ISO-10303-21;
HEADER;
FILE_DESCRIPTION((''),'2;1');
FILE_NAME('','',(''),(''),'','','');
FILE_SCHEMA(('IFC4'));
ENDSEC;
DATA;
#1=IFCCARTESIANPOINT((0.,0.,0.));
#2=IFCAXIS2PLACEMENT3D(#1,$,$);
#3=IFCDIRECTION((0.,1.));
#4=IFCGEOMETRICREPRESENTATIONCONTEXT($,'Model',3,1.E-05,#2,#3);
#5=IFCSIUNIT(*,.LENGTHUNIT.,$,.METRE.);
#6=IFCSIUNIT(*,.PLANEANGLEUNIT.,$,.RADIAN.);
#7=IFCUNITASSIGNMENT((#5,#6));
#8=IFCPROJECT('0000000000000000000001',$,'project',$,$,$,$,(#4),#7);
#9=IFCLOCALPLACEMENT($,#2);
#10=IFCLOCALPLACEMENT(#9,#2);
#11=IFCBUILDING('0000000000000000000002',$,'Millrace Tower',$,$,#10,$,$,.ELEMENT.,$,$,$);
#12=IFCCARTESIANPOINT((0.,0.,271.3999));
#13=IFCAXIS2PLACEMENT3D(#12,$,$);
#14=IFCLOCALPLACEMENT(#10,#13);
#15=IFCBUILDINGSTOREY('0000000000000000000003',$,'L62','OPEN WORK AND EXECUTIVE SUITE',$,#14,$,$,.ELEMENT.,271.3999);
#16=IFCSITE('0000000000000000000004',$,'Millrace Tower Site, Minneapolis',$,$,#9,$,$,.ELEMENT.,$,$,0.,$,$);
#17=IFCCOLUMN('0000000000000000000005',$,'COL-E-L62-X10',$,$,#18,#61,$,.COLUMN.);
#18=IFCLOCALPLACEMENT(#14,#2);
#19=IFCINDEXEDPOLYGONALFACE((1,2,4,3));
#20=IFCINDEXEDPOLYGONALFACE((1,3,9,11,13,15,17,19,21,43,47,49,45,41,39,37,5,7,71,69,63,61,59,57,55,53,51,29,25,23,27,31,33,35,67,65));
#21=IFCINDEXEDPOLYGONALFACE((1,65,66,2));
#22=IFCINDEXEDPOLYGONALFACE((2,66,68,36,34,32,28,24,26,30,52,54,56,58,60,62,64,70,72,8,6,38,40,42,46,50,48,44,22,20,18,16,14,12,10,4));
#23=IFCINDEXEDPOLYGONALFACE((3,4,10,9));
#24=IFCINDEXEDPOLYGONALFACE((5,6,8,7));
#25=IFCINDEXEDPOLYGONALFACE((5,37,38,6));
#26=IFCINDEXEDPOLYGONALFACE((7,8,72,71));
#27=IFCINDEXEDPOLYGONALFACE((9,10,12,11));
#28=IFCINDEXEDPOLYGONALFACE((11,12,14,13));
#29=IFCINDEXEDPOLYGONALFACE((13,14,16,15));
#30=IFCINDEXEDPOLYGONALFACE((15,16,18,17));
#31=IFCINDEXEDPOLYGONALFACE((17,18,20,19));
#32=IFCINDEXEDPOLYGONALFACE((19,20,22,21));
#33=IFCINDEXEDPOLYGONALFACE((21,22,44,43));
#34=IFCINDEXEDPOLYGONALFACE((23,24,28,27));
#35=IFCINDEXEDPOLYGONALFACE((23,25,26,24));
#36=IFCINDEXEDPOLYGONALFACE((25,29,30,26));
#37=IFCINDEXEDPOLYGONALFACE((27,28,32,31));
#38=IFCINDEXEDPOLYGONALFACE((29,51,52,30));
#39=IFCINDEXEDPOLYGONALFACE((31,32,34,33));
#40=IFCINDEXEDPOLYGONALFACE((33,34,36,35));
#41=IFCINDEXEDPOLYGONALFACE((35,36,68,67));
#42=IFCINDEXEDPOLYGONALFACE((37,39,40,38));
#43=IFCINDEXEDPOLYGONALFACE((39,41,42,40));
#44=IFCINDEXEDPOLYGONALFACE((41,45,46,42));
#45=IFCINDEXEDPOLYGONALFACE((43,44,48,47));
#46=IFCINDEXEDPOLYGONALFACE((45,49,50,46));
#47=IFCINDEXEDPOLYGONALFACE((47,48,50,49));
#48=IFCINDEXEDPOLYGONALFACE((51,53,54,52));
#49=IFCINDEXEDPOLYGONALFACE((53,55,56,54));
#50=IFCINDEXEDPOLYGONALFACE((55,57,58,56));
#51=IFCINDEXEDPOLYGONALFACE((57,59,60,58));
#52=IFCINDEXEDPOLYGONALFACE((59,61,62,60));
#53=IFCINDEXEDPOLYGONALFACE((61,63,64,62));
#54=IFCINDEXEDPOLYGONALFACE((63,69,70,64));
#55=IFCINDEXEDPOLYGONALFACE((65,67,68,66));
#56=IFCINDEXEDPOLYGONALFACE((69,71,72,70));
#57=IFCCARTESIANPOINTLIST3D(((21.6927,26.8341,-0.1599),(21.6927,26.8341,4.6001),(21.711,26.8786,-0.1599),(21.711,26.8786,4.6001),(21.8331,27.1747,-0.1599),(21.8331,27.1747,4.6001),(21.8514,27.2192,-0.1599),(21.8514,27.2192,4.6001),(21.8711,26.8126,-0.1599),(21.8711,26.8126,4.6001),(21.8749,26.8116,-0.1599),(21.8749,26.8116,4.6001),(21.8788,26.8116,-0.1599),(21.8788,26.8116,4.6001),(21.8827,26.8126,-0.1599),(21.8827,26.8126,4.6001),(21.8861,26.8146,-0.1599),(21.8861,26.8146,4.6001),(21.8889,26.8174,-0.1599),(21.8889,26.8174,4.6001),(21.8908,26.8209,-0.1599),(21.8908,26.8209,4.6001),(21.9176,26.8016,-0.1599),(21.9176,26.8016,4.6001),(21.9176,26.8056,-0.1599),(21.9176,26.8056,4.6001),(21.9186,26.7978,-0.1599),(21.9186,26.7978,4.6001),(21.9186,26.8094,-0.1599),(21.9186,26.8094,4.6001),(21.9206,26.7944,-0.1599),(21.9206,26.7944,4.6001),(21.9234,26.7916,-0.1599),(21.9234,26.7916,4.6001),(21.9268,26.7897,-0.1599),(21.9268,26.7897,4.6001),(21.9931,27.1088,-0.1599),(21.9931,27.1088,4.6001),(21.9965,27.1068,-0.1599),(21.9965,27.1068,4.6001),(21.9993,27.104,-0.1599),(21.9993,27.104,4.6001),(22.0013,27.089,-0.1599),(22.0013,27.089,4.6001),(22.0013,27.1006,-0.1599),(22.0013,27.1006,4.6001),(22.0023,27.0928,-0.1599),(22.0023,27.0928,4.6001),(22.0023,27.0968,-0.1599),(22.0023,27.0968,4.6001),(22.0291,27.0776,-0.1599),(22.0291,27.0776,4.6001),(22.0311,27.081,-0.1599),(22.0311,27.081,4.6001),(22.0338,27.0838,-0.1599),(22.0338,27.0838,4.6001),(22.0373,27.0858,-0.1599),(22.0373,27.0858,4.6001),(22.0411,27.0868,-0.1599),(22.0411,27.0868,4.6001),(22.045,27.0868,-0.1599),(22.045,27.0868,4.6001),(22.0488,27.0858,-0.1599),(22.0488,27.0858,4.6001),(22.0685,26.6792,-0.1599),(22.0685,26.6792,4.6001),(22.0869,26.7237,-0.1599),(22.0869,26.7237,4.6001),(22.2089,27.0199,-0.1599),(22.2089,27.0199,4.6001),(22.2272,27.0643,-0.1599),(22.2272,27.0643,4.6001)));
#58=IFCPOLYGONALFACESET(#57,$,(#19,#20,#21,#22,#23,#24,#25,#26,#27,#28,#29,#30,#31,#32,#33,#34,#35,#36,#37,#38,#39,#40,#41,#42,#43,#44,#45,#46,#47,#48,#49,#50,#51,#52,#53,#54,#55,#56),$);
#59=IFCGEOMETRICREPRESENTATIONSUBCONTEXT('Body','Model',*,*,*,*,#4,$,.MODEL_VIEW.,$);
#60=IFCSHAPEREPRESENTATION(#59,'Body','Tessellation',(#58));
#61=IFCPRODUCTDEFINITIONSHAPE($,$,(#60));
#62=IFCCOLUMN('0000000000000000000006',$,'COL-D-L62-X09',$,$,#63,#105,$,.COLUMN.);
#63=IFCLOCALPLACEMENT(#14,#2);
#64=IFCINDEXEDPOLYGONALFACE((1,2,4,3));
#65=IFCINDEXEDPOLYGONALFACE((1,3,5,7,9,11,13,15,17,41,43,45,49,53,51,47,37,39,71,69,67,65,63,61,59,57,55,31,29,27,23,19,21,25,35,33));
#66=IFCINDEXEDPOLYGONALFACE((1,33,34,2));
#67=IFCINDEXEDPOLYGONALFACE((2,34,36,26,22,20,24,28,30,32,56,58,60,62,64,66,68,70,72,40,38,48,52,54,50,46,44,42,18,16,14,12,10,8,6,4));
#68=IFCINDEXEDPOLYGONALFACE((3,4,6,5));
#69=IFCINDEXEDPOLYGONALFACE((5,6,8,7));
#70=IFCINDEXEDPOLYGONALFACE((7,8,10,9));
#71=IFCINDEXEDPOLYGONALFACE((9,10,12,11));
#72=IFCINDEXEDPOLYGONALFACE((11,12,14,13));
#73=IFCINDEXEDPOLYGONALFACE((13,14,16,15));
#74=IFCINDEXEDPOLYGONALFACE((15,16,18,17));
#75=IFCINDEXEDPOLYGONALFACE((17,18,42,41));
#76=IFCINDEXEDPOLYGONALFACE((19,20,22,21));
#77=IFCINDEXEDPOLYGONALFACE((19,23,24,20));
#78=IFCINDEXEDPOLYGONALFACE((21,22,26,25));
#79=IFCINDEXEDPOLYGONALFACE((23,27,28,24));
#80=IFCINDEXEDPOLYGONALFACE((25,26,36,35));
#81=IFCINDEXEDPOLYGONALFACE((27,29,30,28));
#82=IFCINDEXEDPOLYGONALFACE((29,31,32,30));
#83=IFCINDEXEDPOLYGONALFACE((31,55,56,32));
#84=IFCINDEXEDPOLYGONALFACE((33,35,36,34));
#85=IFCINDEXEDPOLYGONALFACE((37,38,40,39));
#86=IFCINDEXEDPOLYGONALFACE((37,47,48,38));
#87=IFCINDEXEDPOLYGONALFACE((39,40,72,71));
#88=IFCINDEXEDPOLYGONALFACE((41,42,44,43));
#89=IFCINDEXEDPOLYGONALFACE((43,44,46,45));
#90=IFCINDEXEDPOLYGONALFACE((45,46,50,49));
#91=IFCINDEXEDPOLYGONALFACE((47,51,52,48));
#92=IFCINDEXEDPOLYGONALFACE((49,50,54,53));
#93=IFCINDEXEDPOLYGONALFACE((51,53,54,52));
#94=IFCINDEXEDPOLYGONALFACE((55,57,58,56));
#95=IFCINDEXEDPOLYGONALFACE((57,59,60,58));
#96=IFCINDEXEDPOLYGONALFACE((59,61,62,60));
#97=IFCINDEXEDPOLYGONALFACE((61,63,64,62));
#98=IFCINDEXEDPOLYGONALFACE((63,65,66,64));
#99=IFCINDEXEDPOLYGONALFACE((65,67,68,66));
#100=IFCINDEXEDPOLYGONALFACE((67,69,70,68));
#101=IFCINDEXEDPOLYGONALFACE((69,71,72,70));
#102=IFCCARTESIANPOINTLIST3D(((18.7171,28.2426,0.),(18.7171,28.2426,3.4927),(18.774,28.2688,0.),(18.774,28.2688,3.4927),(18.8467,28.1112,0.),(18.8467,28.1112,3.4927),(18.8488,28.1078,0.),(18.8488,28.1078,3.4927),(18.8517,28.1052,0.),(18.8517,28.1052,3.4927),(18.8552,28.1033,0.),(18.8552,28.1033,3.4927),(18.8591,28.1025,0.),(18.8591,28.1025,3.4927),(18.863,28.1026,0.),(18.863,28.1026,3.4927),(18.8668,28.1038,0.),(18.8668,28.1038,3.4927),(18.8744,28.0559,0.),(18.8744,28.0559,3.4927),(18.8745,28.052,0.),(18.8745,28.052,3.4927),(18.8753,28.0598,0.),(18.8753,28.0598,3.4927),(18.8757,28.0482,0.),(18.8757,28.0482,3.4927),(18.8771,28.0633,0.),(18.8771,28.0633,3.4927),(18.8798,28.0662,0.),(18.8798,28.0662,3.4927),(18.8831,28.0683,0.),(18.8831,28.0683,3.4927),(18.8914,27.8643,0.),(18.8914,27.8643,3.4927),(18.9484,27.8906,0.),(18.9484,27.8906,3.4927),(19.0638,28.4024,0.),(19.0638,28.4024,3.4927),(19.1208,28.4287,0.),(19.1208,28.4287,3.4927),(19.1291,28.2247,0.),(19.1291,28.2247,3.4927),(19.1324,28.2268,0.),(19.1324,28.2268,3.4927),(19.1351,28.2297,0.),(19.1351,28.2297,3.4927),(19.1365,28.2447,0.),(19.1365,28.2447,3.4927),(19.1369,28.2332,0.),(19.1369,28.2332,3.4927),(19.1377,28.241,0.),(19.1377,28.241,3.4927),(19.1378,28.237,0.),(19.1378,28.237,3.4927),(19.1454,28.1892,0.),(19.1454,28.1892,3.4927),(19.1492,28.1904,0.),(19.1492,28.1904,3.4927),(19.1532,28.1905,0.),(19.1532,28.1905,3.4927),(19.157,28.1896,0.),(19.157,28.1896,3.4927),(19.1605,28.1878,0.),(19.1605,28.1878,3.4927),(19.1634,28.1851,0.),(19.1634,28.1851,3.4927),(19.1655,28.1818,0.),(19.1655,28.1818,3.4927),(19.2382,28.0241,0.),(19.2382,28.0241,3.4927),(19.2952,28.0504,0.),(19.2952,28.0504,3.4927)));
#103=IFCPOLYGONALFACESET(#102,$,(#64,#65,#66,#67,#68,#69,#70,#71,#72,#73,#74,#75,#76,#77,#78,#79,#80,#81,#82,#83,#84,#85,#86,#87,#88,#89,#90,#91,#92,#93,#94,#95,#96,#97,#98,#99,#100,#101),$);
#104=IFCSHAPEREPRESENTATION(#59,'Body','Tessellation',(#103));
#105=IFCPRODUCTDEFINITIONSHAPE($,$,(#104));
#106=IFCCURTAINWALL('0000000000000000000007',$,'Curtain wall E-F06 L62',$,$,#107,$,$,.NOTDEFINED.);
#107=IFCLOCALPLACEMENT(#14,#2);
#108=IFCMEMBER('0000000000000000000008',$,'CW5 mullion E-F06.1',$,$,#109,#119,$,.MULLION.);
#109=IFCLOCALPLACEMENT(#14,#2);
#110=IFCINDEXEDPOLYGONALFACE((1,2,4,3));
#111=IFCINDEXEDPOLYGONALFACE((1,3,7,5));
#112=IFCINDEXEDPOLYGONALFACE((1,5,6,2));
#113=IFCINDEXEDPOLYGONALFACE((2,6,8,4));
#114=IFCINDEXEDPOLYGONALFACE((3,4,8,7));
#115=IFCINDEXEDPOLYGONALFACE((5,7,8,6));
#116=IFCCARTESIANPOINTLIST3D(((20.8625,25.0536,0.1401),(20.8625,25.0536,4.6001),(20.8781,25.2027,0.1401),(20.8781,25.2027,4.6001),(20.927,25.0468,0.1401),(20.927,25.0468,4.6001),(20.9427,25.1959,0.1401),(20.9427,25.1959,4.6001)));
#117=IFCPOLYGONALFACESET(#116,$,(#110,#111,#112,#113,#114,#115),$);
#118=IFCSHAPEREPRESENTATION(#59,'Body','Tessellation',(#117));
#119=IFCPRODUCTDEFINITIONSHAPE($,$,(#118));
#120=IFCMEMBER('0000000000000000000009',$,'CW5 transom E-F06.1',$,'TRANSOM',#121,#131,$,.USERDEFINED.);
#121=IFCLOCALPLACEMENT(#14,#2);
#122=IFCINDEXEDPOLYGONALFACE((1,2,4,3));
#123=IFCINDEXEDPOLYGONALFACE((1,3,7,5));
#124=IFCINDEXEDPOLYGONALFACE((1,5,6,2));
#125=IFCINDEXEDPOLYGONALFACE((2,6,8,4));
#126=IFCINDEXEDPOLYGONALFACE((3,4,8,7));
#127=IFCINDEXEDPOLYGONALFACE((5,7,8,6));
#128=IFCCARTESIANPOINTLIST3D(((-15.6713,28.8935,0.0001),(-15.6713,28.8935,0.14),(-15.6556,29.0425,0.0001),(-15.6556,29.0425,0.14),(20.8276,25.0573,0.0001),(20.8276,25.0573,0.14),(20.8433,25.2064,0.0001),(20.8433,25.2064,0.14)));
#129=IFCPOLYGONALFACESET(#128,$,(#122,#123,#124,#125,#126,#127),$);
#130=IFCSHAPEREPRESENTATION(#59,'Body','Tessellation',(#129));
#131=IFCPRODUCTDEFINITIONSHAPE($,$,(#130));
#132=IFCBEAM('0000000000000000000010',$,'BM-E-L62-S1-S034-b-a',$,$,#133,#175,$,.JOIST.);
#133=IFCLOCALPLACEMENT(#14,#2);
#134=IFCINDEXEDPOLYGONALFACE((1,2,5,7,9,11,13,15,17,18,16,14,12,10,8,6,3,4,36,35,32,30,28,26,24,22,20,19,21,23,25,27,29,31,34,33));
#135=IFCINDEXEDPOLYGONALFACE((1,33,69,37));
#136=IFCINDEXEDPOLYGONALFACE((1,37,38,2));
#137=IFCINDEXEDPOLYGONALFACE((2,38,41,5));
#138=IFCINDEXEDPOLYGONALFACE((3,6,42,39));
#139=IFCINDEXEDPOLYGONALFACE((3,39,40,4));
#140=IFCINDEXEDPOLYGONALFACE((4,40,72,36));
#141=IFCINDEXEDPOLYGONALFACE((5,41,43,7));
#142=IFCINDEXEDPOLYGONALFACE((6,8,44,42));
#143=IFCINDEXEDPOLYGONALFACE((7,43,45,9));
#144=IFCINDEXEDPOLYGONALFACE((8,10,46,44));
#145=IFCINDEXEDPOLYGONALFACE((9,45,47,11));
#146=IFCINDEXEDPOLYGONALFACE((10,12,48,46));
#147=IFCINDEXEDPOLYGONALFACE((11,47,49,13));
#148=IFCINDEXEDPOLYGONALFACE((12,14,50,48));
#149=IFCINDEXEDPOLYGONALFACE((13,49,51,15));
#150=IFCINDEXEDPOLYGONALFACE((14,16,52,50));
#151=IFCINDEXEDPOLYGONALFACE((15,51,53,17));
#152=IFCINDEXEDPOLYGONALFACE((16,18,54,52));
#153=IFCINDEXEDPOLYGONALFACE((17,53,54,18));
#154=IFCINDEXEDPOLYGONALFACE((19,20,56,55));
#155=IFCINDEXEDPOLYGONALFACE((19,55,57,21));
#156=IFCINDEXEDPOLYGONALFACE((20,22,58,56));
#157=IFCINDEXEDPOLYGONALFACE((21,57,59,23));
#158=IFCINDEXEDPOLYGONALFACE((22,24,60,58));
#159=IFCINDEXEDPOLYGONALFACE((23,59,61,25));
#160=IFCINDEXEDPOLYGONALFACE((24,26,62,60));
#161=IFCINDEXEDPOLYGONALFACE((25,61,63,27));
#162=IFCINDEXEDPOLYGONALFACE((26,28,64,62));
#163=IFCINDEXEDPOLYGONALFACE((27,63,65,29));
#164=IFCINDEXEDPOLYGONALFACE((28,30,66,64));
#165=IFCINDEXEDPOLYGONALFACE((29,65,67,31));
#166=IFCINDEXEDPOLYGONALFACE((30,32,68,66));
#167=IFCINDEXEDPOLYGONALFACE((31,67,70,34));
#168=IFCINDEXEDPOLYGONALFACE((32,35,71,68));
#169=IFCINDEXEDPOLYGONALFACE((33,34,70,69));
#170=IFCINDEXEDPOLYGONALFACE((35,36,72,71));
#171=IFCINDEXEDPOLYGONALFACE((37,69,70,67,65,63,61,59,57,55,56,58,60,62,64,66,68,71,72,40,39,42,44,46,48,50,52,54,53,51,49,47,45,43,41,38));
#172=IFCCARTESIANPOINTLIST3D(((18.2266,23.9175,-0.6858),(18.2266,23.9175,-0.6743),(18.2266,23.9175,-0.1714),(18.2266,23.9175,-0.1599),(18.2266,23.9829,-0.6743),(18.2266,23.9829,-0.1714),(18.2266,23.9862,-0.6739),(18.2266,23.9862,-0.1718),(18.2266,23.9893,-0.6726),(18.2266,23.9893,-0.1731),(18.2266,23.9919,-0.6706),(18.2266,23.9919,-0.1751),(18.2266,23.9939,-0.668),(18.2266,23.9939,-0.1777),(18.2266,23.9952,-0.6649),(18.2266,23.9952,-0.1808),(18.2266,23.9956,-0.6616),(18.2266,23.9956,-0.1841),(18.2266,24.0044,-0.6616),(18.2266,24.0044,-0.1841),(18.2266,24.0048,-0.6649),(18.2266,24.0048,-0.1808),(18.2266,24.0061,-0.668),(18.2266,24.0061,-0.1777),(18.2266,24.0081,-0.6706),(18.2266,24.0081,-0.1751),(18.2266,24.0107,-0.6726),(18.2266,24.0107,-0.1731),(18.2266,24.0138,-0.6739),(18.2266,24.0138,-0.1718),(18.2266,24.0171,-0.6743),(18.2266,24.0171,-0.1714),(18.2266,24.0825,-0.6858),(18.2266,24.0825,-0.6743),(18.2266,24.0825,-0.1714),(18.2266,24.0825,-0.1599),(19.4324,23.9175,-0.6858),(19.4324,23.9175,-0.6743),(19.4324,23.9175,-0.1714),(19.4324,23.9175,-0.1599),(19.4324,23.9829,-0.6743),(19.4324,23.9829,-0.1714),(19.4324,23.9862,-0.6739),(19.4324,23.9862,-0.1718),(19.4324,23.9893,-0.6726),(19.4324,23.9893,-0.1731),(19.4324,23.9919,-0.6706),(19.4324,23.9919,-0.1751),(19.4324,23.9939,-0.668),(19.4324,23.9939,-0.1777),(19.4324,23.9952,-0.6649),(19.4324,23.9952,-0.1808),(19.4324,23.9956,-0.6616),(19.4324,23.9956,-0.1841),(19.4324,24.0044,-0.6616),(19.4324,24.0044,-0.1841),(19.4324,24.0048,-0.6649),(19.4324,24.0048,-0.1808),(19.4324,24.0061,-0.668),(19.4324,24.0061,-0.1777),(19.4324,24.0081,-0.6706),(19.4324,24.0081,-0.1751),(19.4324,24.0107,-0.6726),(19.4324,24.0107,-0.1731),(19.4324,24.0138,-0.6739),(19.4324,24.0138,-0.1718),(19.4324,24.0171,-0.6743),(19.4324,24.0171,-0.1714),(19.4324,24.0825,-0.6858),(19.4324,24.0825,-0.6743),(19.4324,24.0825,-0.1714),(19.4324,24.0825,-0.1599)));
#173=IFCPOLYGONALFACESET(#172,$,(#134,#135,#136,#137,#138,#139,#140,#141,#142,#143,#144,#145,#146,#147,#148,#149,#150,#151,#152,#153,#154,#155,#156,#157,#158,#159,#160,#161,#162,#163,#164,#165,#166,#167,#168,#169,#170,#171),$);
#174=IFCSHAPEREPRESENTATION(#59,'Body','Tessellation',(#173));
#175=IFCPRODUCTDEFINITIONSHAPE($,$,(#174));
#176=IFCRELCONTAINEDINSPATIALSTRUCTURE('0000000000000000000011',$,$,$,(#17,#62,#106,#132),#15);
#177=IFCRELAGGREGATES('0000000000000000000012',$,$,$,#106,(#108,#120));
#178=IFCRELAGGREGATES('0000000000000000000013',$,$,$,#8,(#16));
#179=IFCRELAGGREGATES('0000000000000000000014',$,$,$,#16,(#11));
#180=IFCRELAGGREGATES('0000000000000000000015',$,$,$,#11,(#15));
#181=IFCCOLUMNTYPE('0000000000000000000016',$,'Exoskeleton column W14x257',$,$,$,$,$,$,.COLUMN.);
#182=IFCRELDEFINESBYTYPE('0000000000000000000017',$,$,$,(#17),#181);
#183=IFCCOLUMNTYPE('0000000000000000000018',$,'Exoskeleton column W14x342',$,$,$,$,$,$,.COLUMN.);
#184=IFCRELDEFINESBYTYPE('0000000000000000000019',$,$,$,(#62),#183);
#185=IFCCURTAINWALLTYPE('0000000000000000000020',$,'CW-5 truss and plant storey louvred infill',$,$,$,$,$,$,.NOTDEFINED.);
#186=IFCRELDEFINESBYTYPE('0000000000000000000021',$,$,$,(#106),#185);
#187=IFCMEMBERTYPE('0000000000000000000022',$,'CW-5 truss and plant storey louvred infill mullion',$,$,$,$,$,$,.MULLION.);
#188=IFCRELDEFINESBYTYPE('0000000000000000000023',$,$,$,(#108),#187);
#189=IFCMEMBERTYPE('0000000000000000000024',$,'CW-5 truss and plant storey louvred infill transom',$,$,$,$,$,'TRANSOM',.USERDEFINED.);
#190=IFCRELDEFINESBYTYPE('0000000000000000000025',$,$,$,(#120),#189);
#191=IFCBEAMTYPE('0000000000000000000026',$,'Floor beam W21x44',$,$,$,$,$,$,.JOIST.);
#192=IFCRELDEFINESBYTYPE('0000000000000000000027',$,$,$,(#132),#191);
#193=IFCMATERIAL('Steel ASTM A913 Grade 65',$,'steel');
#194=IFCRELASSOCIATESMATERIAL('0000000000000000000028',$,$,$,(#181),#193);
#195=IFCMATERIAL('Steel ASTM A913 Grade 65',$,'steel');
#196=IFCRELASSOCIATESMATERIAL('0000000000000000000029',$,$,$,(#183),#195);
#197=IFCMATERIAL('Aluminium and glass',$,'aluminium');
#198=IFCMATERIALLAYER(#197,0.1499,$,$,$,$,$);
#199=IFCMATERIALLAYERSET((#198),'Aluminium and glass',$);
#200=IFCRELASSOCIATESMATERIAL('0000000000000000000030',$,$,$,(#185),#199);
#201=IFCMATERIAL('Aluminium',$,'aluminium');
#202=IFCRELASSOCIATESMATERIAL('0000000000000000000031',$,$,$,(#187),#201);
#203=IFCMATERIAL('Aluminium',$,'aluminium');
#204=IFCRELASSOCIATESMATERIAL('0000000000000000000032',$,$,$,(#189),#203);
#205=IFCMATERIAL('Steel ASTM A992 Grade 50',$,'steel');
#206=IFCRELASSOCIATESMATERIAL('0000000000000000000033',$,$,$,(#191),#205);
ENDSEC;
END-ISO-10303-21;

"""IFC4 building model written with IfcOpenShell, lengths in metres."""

from ifc_helpers import new_model, si_unit, direction, frame, origin, origin_2d, place, context, subcontext, project, spatial, rectangle, i_section, extrude, material, layer, layer_set, material_profile, profile_set, type_object, element, aggregate, save


model = new_model("IFC4")

# Units and contexts
model_context = context("Model", 3, precision=1e-05, world=origin(), true_north=direction((0.0, 1.0)))
body_context = subcontext(model_context, "Body", "Model", "MODEL_VIEW")
ifc_project = project(units=[si_unit("LENGTHUNIT", "METRE"), si_unit("PLANEANGLEUNIT", "RADIAN")], contexts=[model_context])

# Site, building, storey
site_placement = place(None, origin())
site = spatial("IfcSite", under=ifc_project, at=site_placement, Name="Millrace Tower Site, Minneapolis", CompositionType="ELEMENT", RefElevation=0.0)
building_placement = place(site_placement, origin())
building = spatial("IfcBuilding", under=site, at=building_placement, Name="Millrace Tower", CompositionType="ELEMENT")
storey_placement = place(building_placement, frame((0.0, 0.0, 271.3999)))
storey = spatial("IfcBuildingStorey", under=building, at=storey_placement, Name="L62", Description="OPEN WORK AND EXECUTIVE SUITE", CompositionType="ELEMENT", Elevation=271.3999)

# Columns
ifc_material_1 = material(Name="Steel ASTM A913 Grade 65", Category="steel")
ifc_material_profile_1 = material_profile(ifc_material_1, i_section(OverallWidth=0.4065, OverallDepth=0.4165, WebThickness=0.03, FlangeThickness=0.0481, FilletRadius=0.0151, at=origin_2d()))
ifc_profile_set_1 = profile_set([ifc_material_profile_1], Name="Steel ASTM A913 Grade 65")
column_type_1 = type_object("IfcColumnType", Name="Exoskeleton column W14x257", PredefinedType="COLUMN", material=ifc_profile_set_1)
column_1_placement = place(storey_placement, frame((21.96, 26.9492, -0.1599), z_axis=(0.0, 0.0, 1.0), x_axis=(-0.924597, 0.380947, 0.0)))
element("IfcColumn", 1, at=column_1_placement, inside=storey, type_object=column_type_1, Name="COL-E-L62-X10", PredefinedType="COLUMN", context=body_context, shape_type="SweptSolid", body=[
    extrude(i_section(OverallWidth=0.4065, OverallDepth=0.4165, WebThickness=0.03, FlangeThickness=0.0481, FilletRadius=0.0151, at=origin_2d()), origin(), (0.0, 0.0, 1.0), 4.76),
])
ifc_material_2 = material(Name="Steel ASTM A913 Grade 65", Category="steel")
ifc_material_profile_2 = material_profile(ifc_material_2, i_section(OverallWidth=0.4165, OverallDepth=0.4446, WebThickness=0.0391, FlangeThickness=0.0627, FilletRadius=0.0151, at=origin_2d()))
ifc_profile_set_2 = profile_set([ifc_material_profile_2], Name="Steel ASTM A913 Grade 65")
column_type_2 = type_object("IfcColumnType", Name="Exoskeleton column W14x342", PredefinedType="COLUMN", material=ifc_profile_set_2)
column_2_placement = place(storey_placement, frame((19.0061, 28.1465, 0.0), z_axis=(0.0, 0.0, 1.0), x_axis=(-0.418553, 0.908192, 0.0)))
element("IfcColumn", 2, at=column_2_placement, inside=storey, type_object=column_type_2, Name="COL-D-L62-X09", PredefinedType="COLUMN", context=body_context, shape_type="SweptSolid", body=[
    extrude(i_section(OverallWidth=0.4165, OverallDepth=0.4446, WebThickness=0.0391, FlangeThickness=0.0627, FilletRadius=0.0151, at=origin_2d()), origin(), (0.0, 0.0, 1.0), 3.4927),
])

# Curtain wall, members
ifc_material_3 = material(Name="Aluminium and glass", Category="aluminium")
ifc_layer_1 = layer(ifc_material_3, 0.1499)
ifc_layer_set_1 = layer_set([ifc_layer_1], Name="Aluminium and glass")
curtain_wall_type = type_object("IfcCurtainWallType", Name="CW-5 truss and plant storey louvred infill", PredefinedType="NOTDEFINED", material=ifc_layer_set_1)
curtain_wall_placement = place(storey_placement, origin())
curtain_wall = element("IfcCurtainWall", 3, at=curtain_wall_placement, inside=storey, type_object=curtain_wall_type, Name="Curtain wall E-F06 L62", PredefinedType="NOTDEFINED")
ifc_material_4 = material(Name="Aluminium", Category="aluminium")
ifc_material_profile_3 = material_profile(ifc_material_4, rectangle(XDim=0.0649, YDim=0.1499, at=origin_2d()))
ifc_profile_set_3 = profile_set([ifc_material_profile_3], Name="Aluminium")
member_type_1 = type_object("IfcMemberType", Name="CW-5 truss and plant storey louvred infill mullion", PredefinedType="MULLION", material=ifc_profile_set_3)
member_1_placement = place(storey_placement, frame((20.9026, 25.1248, 0.1401), z_axis=(0.0, 0.0, 1.0), x_axis=(-0.994522, 0.104528, 0.0)))
member_1 = element("IfcMember", 4, at=member_1_placement, type_object=member_type_1, Name="CW5 mullion E-F06.1", PredefinedType="MULLION", context=body_context, shape_type="SweptSolid", body=[
    extrude(rectangle(XDim=0.0649, YDim=0.1499, at=origin_2d()), origin(), (0.0, 0.0, 1.0), 4.46),
])
ifc_material_5 = material(Name="Aluminium", Category="aluminium")
ifc_material_profile_4 = material_profile(ifc_material_5, rectangle(XDim=0.1499, YDim=0.1399, at=origin_2d()))
ifc_profile_set_4 = profile_set([ifc_material_profile_4], Name="Aluminium")
member_type_2 = type_object("IfcMemberType", Name="CW-5 truss and plant storey louvred infill transom", ElementType="TRANSOM", PredefinedType="USERDEFINED", material=ifc_profile_set_4)
member_2_placement = place(storey_placement, frame((20.8354, 25.1318, 0.0701), z_axis=(-0.994522, 0.104528, 0.0), x_axis=(-0.104528, -0.994522, 0.0)))
member_2 = element("IfcMember", 5, at=member_2_placement, type_object=member_type_2, Name="CW5 transom E-F06.1", ObjectType="TRANSOM", PredefinedType="USERDEFINED", context=body_context, shape_type="SweptSolid", body=[
    extrude(rectangle(XDim=0.1499, YDim=0.1399, at=origin_2d()), origin(), (0.0, 0.0, 1.0), 36.7),
])
aggregate(curtain_wall, [member_1, member_2])

# Beam
ifc_material_6 = material(Name="Steel ASTM A992 Grade 50", Category="steel")
ifc_material_profile_5 = material_profile(ifc_material_6, i_section(OverallWidth=0.165, OverallDepth=0.5259, WebThickness=0.0088, FlangeThickness=0.0115, FilletRadius=0.0127, at=origin_2d()))
ifc_profile_set_5 = profile_set([ifc_material_profile_5], Name="Steel ASTM A992 Grade 50")
beam_type_1 = type_object("IfcBeamType", Name="Floor beam W21x44", PredefinedType="JOIST", material=ifc_profile_set_5)
beam_1_placement = place(storey_placement, frame((18.2266, 24.0, -0.4229), z_axis=(1.0, 0.0, 0.0), x_axis=(0.0, 1.0, 0.0)))
element("IfcBeam", 6, at=beam_1_placement, inside=storey, type_object=beam_type_1, Name="BM-E-L62-S1-S034-b-a", PredefinedType="JOIST", context=body_context, shape_type="SweptSolid", body=[
    extrude(i_section(OverallWidth=0.165, OverallDepth=0.5259, WebThickness=0.0088, FlangeThickness=0.0115, FilletRadius=0.0127, at=origin_2d()), origin(), (0.0, 0.0, 1.0), 1.2058),
])

save(model, "model.ifc")
